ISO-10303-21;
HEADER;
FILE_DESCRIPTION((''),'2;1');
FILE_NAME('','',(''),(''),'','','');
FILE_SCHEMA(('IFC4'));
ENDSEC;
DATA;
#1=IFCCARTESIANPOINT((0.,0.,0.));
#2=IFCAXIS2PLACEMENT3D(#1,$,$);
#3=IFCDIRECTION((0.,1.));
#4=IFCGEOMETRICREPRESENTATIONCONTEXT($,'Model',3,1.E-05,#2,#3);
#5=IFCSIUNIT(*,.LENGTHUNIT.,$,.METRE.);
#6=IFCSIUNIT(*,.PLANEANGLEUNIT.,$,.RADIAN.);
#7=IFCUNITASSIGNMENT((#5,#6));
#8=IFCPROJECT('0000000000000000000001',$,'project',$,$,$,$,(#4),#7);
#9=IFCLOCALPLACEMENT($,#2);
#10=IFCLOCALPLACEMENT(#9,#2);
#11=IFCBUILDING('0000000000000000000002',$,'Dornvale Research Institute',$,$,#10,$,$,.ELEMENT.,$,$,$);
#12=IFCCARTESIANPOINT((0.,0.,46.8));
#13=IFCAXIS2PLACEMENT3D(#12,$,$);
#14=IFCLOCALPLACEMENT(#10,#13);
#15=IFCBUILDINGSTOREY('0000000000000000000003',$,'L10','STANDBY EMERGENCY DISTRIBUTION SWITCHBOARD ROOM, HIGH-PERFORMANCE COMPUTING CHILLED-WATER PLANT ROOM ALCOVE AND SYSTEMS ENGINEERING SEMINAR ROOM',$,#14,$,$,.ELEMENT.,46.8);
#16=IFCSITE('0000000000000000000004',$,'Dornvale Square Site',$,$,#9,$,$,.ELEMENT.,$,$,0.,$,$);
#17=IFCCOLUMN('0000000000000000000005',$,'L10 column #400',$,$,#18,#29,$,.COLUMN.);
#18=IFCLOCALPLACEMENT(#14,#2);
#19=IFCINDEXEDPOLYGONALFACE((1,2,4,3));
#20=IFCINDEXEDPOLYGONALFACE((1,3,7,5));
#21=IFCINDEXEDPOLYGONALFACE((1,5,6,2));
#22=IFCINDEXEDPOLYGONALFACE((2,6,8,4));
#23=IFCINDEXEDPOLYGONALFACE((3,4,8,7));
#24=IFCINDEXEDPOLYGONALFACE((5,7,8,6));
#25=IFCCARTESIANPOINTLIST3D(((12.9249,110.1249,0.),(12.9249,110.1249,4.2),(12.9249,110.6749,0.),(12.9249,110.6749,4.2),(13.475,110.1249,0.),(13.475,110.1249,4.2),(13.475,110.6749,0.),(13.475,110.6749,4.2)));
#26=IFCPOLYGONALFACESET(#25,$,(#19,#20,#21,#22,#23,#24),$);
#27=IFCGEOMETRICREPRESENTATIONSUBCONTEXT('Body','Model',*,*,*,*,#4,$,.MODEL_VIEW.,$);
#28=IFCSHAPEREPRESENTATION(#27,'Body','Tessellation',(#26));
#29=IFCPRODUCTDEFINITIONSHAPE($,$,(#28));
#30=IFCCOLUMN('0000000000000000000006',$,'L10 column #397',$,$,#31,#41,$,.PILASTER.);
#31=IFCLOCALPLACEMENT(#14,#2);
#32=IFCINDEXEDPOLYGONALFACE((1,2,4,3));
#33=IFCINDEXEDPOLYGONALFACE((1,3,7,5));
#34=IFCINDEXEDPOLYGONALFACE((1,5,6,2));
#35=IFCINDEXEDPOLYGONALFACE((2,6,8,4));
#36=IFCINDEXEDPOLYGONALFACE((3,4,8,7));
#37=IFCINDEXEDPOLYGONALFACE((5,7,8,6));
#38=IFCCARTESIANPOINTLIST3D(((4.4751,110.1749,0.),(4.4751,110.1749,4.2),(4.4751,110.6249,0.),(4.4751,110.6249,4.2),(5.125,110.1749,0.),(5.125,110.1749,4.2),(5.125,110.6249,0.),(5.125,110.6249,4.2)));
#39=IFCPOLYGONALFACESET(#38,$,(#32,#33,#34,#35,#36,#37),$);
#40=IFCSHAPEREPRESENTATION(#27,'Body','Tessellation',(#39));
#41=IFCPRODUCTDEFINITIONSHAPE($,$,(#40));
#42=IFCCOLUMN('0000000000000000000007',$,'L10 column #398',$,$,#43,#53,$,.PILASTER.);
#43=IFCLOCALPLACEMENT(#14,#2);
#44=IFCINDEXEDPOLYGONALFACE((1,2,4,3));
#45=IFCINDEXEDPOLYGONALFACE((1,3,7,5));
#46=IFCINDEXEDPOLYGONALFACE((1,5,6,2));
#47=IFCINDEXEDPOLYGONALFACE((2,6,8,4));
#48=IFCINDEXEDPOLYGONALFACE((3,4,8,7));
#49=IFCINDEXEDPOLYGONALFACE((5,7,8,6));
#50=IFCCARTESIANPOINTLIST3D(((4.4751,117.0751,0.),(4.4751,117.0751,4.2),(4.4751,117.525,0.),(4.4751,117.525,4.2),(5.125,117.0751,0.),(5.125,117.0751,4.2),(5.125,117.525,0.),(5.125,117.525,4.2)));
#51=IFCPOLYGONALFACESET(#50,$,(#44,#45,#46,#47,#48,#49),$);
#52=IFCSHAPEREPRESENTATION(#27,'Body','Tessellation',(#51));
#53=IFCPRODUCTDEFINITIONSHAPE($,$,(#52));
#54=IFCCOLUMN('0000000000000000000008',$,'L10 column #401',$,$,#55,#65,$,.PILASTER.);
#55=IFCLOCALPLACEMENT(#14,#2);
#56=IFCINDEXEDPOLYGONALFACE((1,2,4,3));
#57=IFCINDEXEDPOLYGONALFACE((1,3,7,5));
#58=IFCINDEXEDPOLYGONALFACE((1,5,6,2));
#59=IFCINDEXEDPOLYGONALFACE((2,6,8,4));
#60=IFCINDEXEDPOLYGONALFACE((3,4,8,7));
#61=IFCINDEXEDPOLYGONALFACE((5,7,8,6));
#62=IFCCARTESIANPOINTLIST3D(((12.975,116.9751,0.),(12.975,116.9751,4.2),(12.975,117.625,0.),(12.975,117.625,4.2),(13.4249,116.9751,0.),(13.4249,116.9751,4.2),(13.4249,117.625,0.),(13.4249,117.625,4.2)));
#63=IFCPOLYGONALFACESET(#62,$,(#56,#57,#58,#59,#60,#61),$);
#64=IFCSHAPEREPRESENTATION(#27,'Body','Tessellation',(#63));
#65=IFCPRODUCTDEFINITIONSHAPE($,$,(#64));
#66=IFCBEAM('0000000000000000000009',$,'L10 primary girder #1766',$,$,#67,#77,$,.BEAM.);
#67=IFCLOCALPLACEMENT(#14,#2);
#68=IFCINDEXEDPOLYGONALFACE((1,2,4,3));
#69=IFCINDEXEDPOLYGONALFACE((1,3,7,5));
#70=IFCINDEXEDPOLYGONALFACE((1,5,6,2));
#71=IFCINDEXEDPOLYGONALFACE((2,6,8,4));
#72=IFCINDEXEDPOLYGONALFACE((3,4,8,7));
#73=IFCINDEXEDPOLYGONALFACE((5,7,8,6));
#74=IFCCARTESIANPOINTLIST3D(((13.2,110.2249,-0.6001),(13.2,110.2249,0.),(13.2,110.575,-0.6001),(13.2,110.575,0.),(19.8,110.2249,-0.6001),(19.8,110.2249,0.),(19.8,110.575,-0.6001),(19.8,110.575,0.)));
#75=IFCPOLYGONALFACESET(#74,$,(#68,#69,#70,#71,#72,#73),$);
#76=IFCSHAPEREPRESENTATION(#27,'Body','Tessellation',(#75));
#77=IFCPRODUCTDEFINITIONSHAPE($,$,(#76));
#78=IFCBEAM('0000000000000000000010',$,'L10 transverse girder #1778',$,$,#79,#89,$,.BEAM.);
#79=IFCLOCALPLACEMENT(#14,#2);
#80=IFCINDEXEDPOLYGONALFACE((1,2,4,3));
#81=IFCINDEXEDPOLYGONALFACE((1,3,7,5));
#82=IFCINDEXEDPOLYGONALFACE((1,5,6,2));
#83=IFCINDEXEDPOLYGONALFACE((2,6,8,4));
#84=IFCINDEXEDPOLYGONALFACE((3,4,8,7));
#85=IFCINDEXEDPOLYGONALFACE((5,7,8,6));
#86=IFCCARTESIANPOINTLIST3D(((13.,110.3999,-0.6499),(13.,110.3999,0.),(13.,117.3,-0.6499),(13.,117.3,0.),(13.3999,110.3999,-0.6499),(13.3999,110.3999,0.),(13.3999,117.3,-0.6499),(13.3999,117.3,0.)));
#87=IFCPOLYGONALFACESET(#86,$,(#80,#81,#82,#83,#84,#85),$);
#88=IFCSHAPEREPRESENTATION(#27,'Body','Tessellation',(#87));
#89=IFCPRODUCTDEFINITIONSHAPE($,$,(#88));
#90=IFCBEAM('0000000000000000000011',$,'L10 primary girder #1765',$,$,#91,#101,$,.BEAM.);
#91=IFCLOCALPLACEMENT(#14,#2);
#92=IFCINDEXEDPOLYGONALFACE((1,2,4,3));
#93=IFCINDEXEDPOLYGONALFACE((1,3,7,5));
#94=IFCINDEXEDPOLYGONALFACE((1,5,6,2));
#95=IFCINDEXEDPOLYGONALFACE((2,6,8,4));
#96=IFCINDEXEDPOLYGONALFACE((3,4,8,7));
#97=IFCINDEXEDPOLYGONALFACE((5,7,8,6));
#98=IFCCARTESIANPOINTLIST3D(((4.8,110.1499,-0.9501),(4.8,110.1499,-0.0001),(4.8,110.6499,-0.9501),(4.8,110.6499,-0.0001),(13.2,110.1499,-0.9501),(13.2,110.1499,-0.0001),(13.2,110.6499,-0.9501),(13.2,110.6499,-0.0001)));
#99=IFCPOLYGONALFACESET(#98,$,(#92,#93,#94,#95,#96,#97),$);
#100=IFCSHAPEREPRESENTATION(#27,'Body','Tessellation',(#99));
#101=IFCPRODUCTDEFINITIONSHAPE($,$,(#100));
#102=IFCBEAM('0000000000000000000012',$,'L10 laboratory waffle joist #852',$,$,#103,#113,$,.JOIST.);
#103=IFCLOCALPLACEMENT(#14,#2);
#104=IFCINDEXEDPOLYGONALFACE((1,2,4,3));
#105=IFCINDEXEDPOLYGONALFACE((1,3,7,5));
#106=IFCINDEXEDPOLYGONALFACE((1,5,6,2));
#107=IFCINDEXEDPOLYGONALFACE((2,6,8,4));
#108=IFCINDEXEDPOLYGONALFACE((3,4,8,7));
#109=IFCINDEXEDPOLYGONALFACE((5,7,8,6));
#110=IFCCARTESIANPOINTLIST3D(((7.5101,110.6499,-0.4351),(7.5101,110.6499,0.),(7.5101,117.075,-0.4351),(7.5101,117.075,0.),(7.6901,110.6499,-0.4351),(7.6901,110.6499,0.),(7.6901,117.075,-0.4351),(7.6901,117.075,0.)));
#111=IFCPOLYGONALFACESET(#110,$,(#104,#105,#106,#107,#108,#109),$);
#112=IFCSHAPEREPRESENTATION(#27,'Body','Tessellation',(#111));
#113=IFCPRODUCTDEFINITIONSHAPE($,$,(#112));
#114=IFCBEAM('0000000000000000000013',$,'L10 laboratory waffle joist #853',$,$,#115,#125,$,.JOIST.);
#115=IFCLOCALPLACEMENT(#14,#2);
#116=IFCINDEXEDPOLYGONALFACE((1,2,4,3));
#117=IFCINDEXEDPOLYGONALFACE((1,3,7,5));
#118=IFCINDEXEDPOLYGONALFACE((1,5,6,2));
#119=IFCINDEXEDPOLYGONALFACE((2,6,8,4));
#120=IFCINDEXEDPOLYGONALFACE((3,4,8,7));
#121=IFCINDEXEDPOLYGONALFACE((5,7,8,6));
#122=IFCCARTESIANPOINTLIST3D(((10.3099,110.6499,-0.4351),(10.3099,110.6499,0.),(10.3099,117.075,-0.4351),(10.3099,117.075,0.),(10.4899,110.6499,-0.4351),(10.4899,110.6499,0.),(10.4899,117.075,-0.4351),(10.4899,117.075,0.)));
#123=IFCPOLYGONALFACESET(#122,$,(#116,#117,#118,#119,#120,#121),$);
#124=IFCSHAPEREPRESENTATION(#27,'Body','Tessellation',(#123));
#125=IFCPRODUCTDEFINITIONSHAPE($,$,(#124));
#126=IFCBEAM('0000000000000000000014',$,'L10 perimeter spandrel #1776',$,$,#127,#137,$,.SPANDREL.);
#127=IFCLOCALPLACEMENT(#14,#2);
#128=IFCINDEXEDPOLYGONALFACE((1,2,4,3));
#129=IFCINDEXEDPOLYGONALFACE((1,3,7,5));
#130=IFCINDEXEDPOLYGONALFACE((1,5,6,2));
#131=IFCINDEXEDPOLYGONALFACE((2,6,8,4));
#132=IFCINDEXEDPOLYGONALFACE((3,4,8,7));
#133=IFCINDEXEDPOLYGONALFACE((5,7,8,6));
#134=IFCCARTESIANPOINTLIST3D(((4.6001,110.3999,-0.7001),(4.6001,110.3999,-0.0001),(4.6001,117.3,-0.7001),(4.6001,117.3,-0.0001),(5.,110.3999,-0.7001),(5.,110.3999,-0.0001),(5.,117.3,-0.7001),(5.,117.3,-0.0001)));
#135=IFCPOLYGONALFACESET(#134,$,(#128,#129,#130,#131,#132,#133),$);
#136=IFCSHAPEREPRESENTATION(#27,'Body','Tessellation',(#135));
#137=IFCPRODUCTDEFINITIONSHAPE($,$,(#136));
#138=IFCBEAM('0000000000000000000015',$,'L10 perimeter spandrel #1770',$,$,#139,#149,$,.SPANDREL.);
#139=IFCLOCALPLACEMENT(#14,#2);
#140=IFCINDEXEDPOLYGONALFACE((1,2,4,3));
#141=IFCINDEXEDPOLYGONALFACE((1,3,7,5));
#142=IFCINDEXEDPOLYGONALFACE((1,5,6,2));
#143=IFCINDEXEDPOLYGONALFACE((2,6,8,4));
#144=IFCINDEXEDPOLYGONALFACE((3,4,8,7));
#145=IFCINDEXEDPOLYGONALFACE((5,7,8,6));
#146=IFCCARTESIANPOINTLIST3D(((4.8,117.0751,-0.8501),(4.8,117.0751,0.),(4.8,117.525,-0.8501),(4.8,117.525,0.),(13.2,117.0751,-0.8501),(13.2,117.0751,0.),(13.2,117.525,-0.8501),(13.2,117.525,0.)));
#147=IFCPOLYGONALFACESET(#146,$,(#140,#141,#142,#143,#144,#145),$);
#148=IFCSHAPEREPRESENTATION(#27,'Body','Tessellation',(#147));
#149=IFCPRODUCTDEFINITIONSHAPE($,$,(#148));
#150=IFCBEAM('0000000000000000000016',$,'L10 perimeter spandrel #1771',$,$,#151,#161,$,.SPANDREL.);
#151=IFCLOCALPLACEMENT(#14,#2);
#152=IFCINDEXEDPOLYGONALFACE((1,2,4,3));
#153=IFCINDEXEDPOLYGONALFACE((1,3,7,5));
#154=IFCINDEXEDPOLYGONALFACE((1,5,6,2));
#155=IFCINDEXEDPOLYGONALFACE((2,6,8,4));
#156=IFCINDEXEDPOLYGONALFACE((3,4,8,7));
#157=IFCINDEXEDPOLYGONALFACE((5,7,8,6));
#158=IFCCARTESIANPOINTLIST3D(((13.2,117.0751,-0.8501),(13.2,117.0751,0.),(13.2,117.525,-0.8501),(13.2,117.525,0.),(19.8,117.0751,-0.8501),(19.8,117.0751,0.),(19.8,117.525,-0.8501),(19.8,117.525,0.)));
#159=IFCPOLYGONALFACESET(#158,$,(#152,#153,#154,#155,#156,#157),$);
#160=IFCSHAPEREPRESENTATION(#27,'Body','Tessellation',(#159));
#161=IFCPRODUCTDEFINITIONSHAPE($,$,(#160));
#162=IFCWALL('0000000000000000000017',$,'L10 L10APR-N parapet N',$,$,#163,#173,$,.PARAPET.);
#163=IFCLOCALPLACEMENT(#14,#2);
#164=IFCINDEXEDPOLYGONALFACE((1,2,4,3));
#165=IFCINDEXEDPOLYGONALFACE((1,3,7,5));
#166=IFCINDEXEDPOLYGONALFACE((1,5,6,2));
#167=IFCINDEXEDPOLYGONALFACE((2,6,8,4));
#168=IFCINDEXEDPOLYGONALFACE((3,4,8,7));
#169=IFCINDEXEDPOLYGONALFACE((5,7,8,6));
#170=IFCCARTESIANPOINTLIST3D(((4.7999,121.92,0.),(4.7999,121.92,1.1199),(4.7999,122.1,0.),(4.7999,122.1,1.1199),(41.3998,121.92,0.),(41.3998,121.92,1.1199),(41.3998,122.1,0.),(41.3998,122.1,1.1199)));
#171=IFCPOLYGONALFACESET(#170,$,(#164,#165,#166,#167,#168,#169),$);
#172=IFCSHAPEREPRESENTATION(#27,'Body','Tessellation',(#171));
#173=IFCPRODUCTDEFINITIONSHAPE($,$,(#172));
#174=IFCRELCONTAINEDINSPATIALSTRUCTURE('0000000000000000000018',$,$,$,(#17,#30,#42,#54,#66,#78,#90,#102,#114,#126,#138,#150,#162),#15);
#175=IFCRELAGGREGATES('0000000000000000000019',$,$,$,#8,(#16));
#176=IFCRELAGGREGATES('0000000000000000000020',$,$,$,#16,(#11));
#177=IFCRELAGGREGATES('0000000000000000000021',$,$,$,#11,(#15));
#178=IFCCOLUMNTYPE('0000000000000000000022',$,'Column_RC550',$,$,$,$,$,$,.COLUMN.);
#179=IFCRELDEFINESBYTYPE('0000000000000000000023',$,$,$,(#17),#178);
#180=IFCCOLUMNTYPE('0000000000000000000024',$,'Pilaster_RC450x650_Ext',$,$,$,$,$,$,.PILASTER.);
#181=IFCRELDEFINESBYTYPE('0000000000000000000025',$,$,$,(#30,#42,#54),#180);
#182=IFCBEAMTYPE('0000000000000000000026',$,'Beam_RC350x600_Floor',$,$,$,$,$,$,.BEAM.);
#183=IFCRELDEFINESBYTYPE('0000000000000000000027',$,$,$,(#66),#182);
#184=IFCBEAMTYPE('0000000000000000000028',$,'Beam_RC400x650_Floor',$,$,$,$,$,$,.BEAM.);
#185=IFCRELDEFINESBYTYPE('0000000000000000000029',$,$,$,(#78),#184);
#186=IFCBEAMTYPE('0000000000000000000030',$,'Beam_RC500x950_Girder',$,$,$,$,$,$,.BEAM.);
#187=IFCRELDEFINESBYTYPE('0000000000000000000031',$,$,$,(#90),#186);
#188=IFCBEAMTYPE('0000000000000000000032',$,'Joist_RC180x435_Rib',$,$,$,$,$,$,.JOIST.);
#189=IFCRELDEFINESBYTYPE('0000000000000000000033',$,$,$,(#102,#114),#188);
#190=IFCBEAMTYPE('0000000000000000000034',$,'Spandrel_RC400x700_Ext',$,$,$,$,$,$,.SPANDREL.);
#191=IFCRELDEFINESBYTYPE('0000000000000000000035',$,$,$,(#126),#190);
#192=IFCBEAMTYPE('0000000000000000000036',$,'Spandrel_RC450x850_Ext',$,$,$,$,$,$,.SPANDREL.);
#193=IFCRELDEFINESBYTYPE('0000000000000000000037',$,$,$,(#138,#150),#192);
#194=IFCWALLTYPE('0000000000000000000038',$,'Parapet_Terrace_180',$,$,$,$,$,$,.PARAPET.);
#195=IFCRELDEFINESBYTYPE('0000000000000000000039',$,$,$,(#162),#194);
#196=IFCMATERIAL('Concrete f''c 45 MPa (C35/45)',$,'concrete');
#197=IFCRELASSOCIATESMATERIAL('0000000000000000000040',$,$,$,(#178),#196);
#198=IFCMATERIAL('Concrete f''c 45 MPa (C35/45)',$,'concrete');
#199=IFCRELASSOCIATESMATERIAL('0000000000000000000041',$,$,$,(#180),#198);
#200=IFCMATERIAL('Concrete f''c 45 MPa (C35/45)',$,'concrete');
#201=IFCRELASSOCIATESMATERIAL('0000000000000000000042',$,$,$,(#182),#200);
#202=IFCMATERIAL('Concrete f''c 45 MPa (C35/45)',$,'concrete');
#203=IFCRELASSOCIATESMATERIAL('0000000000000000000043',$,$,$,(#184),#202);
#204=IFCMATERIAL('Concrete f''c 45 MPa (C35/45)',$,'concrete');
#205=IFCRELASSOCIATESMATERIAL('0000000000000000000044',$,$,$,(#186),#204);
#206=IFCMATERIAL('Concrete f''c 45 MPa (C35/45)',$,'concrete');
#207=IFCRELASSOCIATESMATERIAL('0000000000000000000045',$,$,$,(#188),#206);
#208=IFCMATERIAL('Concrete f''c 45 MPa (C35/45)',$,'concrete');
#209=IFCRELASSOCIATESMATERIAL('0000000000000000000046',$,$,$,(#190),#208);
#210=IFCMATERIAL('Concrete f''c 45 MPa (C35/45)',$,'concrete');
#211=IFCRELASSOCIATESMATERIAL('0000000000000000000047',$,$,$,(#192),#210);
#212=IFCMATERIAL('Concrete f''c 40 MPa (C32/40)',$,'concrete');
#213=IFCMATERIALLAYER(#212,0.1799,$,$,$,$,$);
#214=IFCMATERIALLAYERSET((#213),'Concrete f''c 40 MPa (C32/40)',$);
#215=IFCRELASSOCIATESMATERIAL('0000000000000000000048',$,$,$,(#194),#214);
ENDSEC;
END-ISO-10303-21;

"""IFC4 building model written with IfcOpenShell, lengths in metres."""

from ifc_helpers import new_model, si_unit, direction, frame, frame_2d, origin, origin_2d, place, context, subcontext, project, spatial, rectangle, extrude, material, layer, layer_set, material_profile, profile_set, type_object, element, save


model = new_model("IFC4")

# Units and contexts
model_context = context("Model", 3, precision=1e-05, world=origin(), true_north=direction((0.0, 1.0)))
body_context = subcontext(model_context, "Body", "Model", "MODEL_VIEW")
ifc_project = project(units=[si_unit("LENGTHUNIT", "METRE"), si_unit("PLANEANGLEUNIT", "RADIAN")], contexts=[model_context])

# Site, building, storey
site_placement = place(None, origin())
site = spatial("IfcSite", under=ifc_project, at=site_placement, Name="Dornvale Square Site", CompositionType="ELEMENT", RefElevation=0.0)
building_placement = place(site_placement, origin())
building = spatial("IfcBuilding", under=site, at=building_placement, Name="Dornvale Research Institute", CompositionType="ELEMENT")
storey_placement = place(building_placement, frame((0.0, 0.0, 46.8)))
storey = spatial("IfcBuildingStorey", under=building, at=storey_placement, Name="L10", Description="STANDBY EMERGENCY DISTRIBUTION SWITCHBOARD ROOM, HIGH-PERFORMANCE COMPUTING CHILLED-WATER PLANT ROOM ALCOVE AND SYSTEMS ENGINEERING SEMINAR ROOM", CompositionType="ELEMENT", Elevation=46.8)

# Columns
ifc_material_1 = material(Name="Concrete f'c 45 MPa (C35/45)", Category="concrete")
ifc_material_profile_1 = material_profile(ifc_material_1, rectangle(XDim=0.55, YDim=0.55, at=origin_2d()), Name="RC 550x550")
ifc_profile_set_1 = profile_set([ifc_material_profile_1], Name="Concrete f'c 45 MPa (C35/45)")
column_type_1 = type_object("IfcColumnType", Name="Column_RC550", PredefinedType="COLUMN", material=ifc_profile_set_1)
column_placement = place(storey_placement, frame((13.2, 110.3999, 0.0), z_axis=(0.0, 0.0, 1.0), x_axis=(1.0, 0.0, 0.0)))
element("IfcColumn", 1, at=column_placement, inside=storey, type_object=column_type_1, Name="L10 column #400", PredefinedType="COLUMN", context=body_context, shape_type="SweptSolid", body=[
    extrude(rectangle(XDim=0.55, YDim=0.55, at=origin_2d()), origin(), (0.0, 0.0, 1.0), 4.2),
])
ifc_material_2 = material(Name="Concrete f'c 45 MPa (C35/45)", Category="concrete")
ifc_material_profile_2 = material_profile(ifc_material_2, rectangle(XDim=0.45, YDim=0.6499, at=origin_2d()), Name="RC 450x650")
ifc_profile_set_2 = profile_set([ifc_material_profile_2], Name="Concrete f'c 45 MPa (C35/45)")
column_type_2 = type_object("IfcColumnType", Name="Pilaster_RC450x650_Ext", PredefinedType="PILASTER", material=ifc_profile_set_2)
for number, where, z_axis, x_axis, name in (
    (2, (4.8, 110.3999, 0.0), (0.0, 0.0, 1.0), (0.0, 1.0, 0.0), "L10 column #397"),
    (3, (4.8, 117.3, 0.0), (0.0, 0.0, 1.0), (0.0, 1.0, 0.0), "L10 column #398"),
    (4, (13.2, 117.3, 0.0), (0.0, 0.0, 1.0), (1.0, 0.0, 0.0), "L10 column #401"),
):
    element("IfcColumn", number, at=place(storey_placement, frame(where, z_axis=z_axis, x_axis=x_axis)), inside=storey, type_object=column_type_2, Name=name, PredefinedType="PILASTER", context=body_context, shape_type="SweptSolid", body=[
        extrude(rectangle(XDim=0.45, YDim=0.6499, at=origin_2d()), origin(), (0.0, 0.0, 1.0), 4.2),
    ])

# Beams
ifc_material_3 = material(Name="Concrete f'c 45 MPa (C35/45)", Category="concrete")
ifc_material_profile_3 = material_profile(ifc_material_3, rectangle(XDim=0.3501, YDim=0.6001, at=origin_2d()), Name="RC 350x600")
ifc_profile_set_3 = profile_set([ifc_material_profile_3], Name="Concrete f'c 45 MPa (C35/45)")
beam_type_1 = type_object("IfcBeamType", Name="Beam_RC350x600_Floor", PredefinedType="BEAM", material=ifc_profile_set_3)
beam_1_placement = place(storey_placement, frame((13.2, 110.3999, -0.3), z_axis=(1.0, 0.0, 0.0), x_axis=(0.0, 1.0, 0.0)))
element("IfcBeam", 5, at=beam_1_placement, inside=storey, type_object=beam_type_1, Name="L10 primary girder #1766", PredefinedType="BEAM", context=body_context, shape_type="SweptSolid", body=[
    extrude(rectangle(XDim=0.3501, YDim=0.6001, at=origin_2d()), origin(), (0.0, 0.0, 1.0), 6.6001),
])
ifc_material_4 = material(Name="Concrete f'c 45 MPa (C35/45)", Category="concrete")
ifc_material_profile_4 = material_profile(ifc_material_4, rectangle(XDim=0.3999, YDim=0.6499, at=origin_2d()), Name="RC 400x650")
ifc_profile_set_4 = profile_set([ifc_material_profile_4], Name="Concrete f'c 45 MPa (C35/45)")
beam_type_2 = type_object("IfcBeamType", Name="Beam_RC400x650_Floor", PredefinedType="BEAM", material=ifc_profile_set_4)
beam_2_placement = place(storey_placement, frame((13.2, 110.3999, -0.325), z_axis=(0.0, 1.0, 0.0), x_axis=(-1.0, 0.0, 0.0)))
element("IfcBeam", 6, at=beam_2_placement, inside=storey, type_object=beam_type_2, Name="L10 transverse girder #1778", PredefinedType="BEAM", context=body_context, shape_type="SweptSolid", body=[
    extrude(rectangle(XDim=0.3999, YDim=0.6499, at=origin_2d()), origin(), (0.0, 0.0, 1.0), 6.9001),
])
ifc_material_5 = material(Name="Concrete f'c 45 MPa (C35/45)", Category="concrete")
ifc_material_profile_5 = material_profile(ifc_material_5, rectangle(XDim=0.5, YDim=0.95, at=origin_2d()), Name="RC 500x950")
ifc_profile_set_5 = profile_set([ifc_material_profile_5], Name="Concrete f'c 45 MPa (C35/45)")
beam_type_3 = type_object("IfcBeamType", Name="Beam_RC500x950_Girder", PredefinedType="BEAM", material=ifc_profile_set_5)
beam_3_placement = place(storey_placement, frame((4.8, 110.3999, -0.4751), z_axis=(1.0, 0.0, 0.0), x_axis=(0.0, 1.0, 0.0)))
element("IfcBeam", 7, at=beam_3_placement, inside=storey, type_object=beam_type_3, Name="L10 primary girder #1765", PredefinedType="BEAM", context=body_context, shape_type="SweptSolid", body=[
    extrude(rectangle(XDim=0.5, YDim=0.95, at=origin_2d()), origin(), (0.0, 0.0, 1.0), 8.3999),
])
ifc_material_6 = material(Name="Concrete f'c 45 MPa (C35/45)", Category="concrete")
ifc_material_profile_6 = material_profile(ifc_material_6, rectangle(XDim=0.1799, YDim=0.4351, at=origin_2d()), Name="RC 180x435")
ifc_profile_set_6 = profile_set([ifc_material_profile_6], Name="Concrete f'c 45 MPa (C35/45)")
beam_type_4 = type_object("IfcBeamType", Name="Joist_RC180x435_Rib", PredefinedType="JOIST", material=ifc_profile_set_6)
for number, where, z_axis, x_axis, name in (
    (8, (7.6001, 110.6499, -0.2175), (0.0, 1.0, 0.0), (-1.0, 0.0, 0.0), "L10 laboratory waffle joist #852"),
    (9, (10.3999, 110.6499, -0.2175), (0.0, 1.0, 0.0), (-1.0, 0.0, 0.0), "L10 laboratory waffle joist #853"),
):
    element("IfcBeam", number, at=place(storey_placement, frame(where, z_axis=z_axis, x_axis=x_axis)), inside=storey, type_object=beam_type_4, Name=name, PredefinedType="JOIST", context=body_context, shape_type="SweptSolid", body=[
        extrude(rectangle(XDim=0.1799, YDim=0.4351, at=origin_2d()), origin(), (0.0, 0.0, 1.0), 6.425),
    ])
ifc_material_7 = material(Name="Concrete f'c 45 MPa (C35/45)", Category="concrete")
ifc_material_profile_7 = material_profile(ifc_material_7, rectangle(XDim=0.3999, YDim=0.7, at=origin_2d()), Name="RC 400x700")
ifc_profile_set_7 = profile_set([ifc_material_profile_7], Name="Concrete f'c 45 MPa (C35/45)")
beam_type_5 = type_object("IfcBeamType", Name="Spandrel_RC400x700_Ext", PredefinedType="SPANDREL", material=ifc_profile_set_7)
beam_4_placement = place(storey_placement, frame((4.8, 110.3999, -0.3501), z_axis=(0.0, 1.0, 0.0), x_axis=(-1.0, 0.0, 0.0)))
element("IfcBeam", 10, at=beam_4_placement, inside=storey, type_object=beam_type_5, Name="L10 perimeter spandrel #1776", PredefinedType="SPANDREL", context=body_context, shape_type="SweptSolid", body=[
    extrude(rectangle(XDim=0.3999, YDim=0.7, at=origin_2d()), origin(), (0.0, 0.0, 1.0), 6.9001),
])
ifc_material_8 = material(Name="Concrete f'c 45 MPa (C35/45)", Category="concrete")
ifc_material_profile_8 = material_profile(ifc_material_8, rectangle(XDim=0.45, YDim=0.8501, at=origin_2d()), Name="RC 450x850")
ifc_profile_set_8 = profile_set([ifc_material_profile_8], Name="Concrete f'c 45 MPa (C35/45)")
beam_type_6 = type_object("IfcBeamType", Name="Spandrel_RC450x850_Ext", PredefinedType="SPANDREL", material=ifc_profile_set_8)
beam_5_placement = place(storey_placement, frame((4.8, 117.3, -0.425), z_axis=(1.0, 0.0, 0.0), x_axis=(0.0, 1.0, 0.0)))
element("IfcBeam", 11, at=beam_5_placement, inside=storey, type_object=beam_type_6, Name="L10 perimeter spandrel #1770", PredefinedType="SPANDREL", context=body_context, shape_type="SweptSolid", body=[
    extrude(rectangle(XDim=0.45, YDim=0.8501, at=origin_2d()), origin(), (0.0, 0.0, 1.0), 8.3999),
])
beam_6_placement = place(storey_placement, frame((13.2, 117.3, -0.425), z_axis=(1.0, 0.0, 0.0), x_axis=(0.0, 1.0, 0.0)))
element("IfcBeam", 12, at=beam_6_placement, inside=storey, type_object=beam_type_6, Name="L10 perimeter spandrel #1771", PredefinedType="SPANDREL", context=body_context, shape_type="SweptSolid", body=[
    extrude(rectangle(XDim=0.45, YDim=0.8501, at=origin_2d()), origin(), (0.0, 0.0, 1.0), 6.6001),
])

# Wall
ifc_material_9 = material(Name="Concrete f'c 40 MPa (C32/40)", Category="concrete")
ifc_layer_1 = layer(ifc_material_9, 0.1799)
ifc_layer_set_1 = layer_set([ifc_layer_1], Name="Concrete f'c 40 MPa (C32/40)")
wall_type_1 = type_object("IfcWallType", Name="Parapet_Terrace_180", PredefinedType="PARAPET", material=ifc_layer_set_1)
wall_1_placement = place(storey_placement, frame((4.8, 122.01, 0.0), z_axis=(0.0, 0.0, 1.0), x_axis=(1.0, 0.0, 0.0)))
element("IfcWall", 13, at=wall_1_placement, inside=storey, type_object=wall_type_1, Name="L10 L10APR-N parapet N", PredefinedType="PARAPET", context=body_context, shape_type="SweptSolid", body=[
    extrude(rectangle(XDim=36.5999, YDim=0.1799, at=frame_2d((18.2998, 0.0))), origin(), (0.0, 0.0, 1.0), 1.1199),
])

save(model, "model.ifc")
